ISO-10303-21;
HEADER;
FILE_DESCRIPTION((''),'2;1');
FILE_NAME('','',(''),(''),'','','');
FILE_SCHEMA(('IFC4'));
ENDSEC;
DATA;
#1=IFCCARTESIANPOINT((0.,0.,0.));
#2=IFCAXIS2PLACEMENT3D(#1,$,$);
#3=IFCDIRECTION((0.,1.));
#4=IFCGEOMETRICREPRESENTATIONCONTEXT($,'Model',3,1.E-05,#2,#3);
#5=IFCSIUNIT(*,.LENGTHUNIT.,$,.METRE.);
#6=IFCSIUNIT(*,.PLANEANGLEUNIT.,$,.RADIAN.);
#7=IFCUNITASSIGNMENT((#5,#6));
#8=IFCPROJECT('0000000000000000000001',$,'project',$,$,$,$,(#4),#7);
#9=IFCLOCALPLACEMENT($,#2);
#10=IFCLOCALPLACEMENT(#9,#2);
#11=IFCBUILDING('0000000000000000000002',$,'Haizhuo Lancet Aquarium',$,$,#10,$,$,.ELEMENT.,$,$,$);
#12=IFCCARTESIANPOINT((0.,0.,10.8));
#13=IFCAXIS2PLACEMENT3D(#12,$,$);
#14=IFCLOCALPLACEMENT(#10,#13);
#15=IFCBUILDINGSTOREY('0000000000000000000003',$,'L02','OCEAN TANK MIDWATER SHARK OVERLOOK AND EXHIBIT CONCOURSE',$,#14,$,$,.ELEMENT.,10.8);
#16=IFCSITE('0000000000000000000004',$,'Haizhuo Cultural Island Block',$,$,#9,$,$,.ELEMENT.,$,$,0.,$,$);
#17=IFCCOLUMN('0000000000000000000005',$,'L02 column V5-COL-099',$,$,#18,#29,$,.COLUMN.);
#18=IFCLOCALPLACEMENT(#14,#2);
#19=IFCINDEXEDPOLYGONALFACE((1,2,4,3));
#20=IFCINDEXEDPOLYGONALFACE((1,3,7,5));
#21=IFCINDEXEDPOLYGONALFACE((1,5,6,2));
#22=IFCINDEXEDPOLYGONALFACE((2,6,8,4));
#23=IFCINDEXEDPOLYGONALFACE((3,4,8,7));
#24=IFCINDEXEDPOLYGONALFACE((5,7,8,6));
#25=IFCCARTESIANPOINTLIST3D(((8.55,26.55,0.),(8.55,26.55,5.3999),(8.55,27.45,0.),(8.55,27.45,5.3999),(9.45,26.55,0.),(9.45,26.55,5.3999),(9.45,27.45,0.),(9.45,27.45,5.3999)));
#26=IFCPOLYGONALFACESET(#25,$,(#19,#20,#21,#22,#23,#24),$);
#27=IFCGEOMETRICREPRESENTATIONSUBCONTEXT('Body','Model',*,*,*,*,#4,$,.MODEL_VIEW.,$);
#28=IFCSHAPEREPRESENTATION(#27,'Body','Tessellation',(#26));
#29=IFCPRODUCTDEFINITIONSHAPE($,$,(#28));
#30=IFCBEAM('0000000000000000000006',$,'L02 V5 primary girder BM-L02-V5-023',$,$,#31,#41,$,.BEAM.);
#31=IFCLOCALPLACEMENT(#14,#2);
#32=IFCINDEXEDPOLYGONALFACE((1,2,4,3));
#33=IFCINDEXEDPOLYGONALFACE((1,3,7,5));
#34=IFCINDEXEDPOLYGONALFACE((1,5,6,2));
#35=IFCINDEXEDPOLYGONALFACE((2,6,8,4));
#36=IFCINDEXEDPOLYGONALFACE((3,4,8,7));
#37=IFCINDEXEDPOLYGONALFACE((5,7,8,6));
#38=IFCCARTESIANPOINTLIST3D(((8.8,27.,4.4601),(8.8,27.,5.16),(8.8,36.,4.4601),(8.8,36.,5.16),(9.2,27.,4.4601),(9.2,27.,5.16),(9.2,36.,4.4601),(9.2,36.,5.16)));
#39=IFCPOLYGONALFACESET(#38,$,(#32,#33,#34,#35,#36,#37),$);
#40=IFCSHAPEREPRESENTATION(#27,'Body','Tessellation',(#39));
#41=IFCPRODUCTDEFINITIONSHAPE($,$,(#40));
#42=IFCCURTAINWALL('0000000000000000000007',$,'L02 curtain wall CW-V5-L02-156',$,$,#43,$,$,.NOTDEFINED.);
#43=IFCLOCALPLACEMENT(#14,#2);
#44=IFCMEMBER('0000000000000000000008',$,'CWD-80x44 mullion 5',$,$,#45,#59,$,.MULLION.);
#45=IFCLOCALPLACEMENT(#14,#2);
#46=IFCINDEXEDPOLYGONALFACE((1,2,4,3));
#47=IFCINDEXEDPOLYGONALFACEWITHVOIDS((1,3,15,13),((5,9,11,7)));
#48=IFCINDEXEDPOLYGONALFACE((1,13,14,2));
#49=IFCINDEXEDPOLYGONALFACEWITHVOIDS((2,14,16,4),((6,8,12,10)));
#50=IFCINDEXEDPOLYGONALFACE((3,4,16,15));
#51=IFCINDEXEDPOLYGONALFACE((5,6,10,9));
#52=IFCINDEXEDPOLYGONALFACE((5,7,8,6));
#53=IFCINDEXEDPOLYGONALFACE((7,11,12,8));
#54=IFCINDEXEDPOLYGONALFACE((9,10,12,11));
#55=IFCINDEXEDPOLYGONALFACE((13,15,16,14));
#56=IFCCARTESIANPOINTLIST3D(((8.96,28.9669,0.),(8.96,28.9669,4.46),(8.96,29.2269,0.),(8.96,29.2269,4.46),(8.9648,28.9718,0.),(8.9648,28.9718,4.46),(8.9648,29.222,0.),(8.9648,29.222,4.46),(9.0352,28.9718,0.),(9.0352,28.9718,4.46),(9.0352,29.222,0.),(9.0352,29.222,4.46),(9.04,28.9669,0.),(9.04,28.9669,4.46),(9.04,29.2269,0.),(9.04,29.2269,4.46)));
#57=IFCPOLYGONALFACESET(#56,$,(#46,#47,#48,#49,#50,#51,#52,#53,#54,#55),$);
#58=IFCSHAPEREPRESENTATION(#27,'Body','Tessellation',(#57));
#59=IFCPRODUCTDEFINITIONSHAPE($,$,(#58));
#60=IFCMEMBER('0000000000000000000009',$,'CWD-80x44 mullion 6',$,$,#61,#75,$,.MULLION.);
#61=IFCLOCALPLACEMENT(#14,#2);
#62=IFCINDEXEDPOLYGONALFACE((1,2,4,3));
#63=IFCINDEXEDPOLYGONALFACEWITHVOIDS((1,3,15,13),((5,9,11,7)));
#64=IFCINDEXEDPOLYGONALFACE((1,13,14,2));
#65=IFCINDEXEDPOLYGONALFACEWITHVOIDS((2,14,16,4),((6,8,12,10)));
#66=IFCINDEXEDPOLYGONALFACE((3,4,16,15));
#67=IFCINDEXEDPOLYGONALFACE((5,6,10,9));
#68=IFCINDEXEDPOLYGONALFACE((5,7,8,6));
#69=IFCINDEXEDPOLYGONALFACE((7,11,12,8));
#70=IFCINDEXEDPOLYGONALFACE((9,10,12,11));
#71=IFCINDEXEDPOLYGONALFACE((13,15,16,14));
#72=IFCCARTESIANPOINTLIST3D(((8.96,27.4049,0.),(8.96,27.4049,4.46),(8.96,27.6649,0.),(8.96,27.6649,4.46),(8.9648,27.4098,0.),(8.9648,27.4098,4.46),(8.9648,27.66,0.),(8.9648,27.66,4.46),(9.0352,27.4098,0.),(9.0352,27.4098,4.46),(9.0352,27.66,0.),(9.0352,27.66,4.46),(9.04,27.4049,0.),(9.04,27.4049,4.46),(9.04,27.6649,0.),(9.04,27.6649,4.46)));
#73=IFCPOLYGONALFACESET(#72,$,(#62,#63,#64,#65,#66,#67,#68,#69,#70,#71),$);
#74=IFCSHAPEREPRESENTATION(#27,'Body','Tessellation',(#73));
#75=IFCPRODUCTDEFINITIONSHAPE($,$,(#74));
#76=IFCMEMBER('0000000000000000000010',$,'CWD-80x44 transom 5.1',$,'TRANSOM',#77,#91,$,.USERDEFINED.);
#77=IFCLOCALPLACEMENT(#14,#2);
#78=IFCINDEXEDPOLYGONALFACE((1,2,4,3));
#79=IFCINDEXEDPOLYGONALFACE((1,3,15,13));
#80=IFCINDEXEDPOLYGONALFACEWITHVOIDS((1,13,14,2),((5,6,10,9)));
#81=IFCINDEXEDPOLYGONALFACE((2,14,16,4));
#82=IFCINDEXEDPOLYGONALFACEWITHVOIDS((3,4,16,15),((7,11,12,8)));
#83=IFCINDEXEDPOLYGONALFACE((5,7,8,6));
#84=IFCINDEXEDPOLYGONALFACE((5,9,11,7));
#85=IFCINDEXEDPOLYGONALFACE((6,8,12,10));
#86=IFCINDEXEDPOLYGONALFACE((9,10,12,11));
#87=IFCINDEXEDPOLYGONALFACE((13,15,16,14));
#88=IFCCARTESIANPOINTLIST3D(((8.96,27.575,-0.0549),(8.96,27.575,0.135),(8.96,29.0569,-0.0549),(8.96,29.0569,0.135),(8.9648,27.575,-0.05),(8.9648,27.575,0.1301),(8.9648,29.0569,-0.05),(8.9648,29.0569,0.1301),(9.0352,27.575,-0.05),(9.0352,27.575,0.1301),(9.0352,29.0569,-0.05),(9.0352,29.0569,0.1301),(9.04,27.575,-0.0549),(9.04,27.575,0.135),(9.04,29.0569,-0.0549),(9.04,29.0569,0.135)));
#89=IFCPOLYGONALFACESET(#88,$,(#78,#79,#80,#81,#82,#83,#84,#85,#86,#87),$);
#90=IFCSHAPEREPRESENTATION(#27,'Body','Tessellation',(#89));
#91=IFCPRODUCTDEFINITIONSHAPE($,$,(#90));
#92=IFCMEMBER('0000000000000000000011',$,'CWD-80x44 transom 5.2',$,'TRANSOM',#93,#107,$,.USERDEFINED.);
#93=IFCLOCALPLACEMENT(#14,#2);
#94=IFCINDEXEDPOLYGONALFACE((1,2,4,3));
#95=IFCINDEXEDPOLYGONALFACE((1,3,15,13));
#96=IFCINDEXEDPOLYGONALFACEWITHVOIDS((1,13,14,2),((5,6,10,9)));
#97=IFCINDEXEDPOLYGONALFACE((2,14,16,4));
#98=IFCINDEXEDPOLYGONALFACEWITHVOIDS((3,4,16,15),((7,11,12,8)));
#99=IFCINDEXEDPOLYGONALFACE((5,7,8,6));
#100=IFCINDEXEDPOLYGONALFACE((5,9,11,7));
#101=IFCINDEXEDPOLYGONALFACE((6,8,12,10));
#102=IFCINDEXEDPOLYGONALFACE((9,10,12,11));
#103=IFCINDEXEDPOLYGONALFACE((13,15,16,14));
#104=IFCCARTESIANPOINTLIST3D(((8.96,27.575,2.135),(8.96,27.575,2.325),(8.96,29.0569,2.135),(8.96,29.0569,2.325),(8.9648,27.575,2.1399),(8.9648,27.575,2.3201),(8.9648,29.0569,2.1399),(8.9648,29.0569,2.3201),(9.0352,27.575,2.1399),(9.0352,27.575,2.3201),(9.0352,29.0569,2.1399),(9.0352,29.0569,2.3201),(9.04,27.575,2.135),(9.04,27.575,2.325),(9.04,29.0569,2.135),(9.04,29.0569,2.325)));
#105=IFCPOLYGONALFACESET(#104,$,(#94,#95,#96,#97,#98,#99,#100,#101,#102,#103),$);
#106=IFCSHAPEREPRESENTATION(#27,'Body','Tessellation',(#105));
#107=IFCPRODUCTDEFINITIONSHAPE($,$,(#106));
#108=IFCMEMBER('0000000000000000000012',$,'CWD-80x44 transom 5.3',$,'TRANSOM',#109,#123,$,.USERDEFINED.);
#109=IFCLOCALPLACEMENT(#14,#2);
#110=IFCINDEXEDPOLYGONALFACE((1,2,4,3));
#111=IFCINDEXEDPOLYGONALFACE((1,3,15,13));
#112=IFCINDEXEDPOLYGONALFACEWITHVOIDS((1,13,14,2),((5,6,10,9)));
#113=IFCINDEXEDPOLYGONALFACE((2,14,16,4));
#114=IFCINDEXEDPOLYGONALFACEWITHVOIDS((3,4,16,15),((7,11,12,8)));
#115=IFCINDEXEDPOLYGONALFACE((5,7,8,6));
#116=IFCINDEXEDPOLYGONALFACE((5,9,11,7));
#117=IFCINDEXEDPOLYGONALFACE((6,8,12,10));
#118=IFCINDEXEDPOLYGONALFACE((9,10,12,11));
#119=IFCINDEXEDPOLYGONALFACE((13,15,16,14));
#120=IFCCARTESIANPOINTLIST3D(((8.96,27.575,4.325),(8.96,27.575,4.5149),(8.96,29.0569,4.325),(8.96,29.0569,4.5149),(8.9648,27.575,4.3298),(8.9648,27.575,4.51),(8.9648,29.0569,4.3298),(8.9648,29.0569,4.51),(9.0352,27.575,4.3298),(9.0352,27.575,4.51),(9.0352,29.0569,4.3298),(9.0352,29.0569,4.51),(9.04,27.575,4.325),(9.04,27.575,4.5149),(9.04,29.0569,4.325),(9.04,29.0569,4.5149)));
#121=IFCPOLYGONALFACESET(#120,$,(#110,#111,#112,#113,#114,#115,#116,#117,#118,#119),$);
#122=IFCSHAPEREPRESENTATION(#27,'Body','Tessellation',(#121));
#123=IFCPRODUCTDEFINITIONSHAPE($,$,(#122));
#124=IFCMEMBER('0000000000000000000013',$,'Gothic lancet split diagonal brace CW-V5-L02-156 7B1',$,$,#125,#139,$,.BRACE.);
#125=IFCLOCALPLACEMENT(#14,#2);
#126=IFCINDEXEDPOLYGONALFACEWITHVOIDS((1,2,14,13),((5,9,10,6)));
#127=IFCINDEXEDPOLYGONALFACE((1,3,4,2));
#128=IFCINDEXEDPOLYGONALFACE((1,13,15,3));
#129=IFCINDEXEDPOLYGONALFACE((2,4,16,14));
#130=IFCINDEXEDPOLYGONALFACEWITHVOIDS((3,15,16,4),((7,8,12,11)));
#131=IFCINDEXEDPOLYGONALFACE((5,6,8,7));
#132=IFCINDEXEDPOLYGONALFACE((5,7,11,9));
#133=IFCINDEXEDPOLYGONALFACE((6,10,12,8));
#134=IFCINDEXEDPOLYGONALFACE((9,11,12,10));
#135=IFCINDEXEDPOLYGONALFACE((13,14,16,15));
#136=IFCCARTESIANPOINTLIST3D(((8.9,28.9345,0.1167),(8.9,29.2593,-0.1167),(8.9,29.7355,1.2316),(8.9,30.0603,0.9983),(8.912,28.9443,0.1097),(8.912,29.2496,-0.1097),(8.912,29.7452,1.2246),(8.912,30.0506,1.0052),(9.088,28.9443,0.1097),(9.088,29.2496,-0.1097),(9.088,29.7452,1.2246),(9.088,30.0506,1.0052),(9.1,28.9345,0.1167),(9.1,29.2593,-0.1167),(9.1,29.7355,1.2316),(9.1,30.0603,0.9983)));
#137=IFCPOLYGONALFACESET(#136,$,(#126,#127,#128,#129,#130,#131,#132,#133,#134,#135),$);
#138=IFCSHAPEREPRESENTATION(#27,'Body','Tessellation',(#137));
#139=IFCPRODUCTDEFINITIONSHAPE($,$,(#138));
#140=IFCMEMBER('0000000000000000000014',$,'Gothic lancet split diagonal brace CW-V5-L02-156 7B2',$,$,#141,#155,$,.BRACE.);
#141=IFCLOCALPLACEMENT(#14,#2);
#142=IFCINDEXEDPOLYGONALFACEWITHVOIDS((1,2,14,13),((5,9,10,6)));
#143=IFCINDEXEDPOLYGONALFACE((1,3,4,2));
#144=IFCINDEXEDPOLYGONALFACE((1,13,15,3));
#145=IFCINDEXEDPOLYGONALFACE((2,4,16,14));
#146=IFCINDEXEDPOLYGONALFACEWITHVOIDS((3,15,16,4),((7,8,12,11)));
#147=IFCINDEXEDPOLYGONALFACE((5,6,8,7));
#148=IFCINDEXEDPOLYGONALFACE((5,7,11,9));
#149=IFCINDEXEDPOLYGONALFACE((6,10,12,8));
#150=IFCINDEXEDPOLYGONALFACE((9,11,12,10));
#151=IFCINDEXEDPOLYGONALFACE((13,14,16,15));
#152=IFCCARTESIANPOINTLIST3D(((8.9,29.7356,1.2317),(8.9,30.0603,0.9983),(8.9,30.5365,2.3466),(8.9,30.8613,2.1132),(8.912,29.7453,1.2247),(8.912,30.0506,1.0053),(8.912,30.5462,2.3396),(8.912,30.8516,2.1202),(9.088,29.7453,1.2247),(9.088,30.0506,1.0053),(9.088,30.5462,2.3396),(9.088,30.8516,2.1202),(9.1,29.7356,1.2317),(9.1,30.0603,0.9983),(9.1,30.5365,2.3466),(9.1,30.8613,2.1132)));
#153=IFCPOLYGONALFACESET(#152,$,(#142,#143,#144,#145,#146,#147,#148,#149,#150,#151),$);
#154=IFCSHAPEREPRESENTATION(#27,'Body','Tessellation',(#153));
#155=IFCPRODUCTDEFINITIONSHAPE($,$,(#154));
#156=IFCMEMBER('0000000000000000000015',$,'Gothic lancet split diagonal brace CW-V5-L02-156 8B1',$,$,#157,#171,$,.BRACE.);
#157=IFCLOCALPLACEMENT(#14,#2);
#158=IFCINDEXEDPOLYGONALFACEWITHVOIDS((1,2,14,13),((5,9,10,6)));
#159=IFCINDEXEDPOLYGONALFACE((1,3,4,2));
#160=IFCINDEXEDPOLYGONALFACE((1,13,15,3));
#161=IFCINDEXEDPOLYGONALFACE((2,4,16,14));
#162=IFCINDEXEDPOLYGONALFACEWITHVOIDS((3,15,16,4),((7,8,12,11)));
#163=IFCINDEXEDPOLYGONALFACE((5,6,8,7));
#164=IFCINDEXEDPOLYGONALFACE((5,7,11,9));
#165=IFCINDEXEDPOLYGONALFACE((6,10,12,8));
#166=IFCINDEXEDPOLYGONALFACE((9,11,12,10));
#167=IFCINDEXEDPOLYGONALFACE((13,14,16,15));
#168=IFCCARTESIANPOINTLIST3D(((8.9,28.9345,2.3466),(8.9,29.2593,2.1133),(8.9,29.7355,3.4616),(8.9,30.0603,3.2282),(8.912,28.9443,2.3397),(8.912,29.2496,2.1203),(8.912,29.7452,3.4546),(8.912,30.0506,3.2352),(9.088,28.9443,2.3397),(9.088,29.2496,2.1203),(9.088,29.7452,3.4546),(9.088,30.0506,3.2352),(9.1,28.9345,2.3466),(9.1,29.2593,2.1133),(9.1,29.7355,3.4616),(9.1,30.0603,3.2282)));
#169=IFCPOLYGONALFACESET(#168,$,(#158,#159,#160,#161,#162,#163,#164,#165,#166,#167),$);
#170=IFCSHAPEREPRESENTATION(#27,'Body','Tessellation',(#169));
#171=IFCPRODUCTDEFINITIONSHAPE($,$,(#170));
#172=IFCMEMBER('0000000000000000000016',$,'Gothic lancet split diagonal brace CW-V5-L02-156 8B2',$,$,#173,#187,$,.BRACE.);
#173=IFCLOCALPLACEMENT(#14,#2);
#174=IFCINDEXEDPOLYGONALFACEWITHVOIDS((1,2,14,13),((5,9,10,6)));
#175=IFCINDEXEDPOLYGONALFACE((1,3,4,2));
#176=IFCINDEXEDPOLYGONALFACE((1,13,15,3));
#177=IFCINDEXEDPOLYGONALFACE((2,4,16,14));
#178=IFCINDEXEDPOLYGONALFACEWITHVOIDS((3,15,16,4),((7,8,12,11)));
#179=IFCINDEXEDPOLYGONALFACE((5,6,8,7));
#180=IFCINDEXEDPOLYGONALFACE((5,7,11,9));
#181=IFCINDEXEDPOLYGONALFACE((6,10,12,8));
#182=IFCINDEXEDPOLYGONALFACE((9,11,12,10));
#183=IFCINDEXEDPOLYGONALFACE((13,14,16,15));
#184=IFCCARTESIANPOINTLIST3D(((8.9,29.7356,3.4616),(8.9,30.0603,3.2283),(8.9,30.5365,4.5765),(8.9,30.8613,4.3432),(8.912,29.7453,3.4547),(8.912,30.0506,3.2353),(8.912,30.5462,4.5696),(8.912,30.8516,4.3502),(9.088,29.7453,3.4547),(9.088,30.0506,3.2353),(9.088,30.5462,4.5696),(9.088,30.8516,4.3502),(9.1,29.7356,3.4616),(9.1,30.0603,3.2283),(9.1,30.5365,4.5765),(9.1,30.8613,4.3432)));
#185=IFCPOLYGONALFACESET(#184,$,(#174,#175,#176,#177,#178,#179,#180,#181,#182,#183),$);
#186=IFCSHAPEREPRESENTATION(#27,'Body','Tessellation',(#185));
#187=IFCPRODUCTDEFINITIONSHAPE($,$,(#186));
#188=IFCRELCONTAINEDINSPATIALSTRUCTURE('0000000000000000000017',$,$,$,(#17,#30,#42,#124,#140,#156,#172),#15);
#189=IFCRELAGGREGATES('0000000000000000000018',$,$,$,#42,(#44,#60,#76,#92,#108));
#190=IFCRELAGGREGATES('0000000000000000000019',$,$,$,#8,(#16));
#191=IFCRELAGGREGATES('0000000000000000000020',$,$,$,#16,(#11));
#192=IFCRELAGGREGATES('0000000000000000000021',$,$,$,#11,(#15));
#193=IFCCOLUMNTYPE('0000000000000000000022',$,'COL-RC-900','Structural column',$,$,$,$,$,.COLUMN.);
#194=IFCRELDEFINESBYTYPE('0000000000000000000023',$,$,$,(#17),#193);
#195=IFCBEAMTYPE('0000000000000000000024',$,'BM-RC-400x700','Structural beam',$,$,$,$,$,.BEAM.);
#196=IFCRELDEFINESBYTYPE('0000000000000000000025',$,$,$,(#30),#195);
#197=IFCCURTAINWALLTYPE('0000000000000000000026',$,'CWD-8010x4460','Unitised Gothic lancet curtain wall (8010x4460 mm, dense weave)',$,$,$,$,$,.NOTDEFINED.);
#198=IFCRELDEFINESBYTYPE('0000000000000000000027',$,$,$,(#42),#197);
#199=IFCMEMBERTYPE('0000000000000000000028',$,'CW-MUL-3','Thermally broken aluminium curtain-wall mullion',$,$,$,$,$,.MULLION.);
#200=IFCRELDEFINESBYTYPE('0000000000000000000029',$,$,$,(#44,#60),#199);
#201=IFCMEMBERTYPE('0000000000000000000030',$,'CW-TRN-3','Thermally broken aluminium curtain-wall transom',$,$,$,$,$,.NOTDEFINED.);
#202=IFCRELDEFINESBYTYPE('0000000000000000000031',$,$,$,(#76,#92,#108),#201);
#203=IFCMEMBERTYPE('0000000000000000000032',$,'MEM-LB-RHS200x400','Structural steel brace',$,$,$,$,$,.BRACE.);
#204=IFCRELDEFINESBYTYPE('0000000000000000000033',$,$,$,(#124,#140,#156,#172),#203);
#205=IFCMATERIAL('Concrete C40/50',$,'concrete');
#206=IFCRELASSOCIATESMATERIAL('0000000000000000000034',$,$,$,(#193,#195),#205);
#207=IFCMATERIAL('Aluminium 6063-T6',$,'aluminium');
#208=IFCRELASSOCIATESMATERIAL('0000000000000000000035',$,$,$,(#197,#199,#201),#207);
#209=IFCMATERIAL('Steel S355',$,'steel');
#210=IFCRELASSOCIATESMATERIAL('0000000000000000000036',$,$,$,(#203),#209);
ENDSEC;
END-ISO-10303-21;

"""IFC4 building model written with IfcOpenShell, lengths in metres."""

from ifc_helpers import new_model, si_unit, direction, frame, origin, origin_2d, place, context, subcontext, project, spatial, rectangle, hollow_rectangle, extrude, material, material_profile, profile_set, type_object, element, aggregate, save


model = new_model("IFC4")

# Units and contexts
model_context = context("Model", 3, precision=1e-05, world=origin(), true_north=direction((0.0, 1.0)))
body_context = subcontext(model_context, "Body", "Model", "MODEL_VIEW")
ifc_project = project(units=[si_unit("LENGTHUNIT", "METRE"), si_unit("PLANEANGLEUNIT", "RADIAN")], contexts=[model_context])

# Site, building, storey
site_placement = place(None, origin())
site = spatial("IfcSite", under=ifc_project, at=site_placement, Name="Haizhuo Cultural Island Block", CompositionType="ELEMENT", RefElevation=0.0)
building_placement = place(site_placement, origin())
building = spatial("IfcBuilding", under=site, at=building_placement, Name="Haizhuo Lancet Aquarium", CompositionType="ELEMENT")
storey_placement = place(building_placement, frame((0.0, 0.0, 10.8)))
storey = spatial("IfcBuildingStorey", under=building, at=storey_placement, Name="L02", Description="OCEAN TANK MIDWATER SHARK OVERLOOK AND EXHIBIT CONCOURSE", CompositionType="ELEMENT", Elevation=10.8)

# Column
ifc_material_1 = material(Name="Concrete C40/50", Category="concrete")
ifc_material_profile_1 = material_profile(ifc_material_1, rectangle(XDim=0.8999, YDim=0.8999, at=origin_2d()), Name="RC-COL 900x900")
ifc_profile_set_1 = profile_set([ifc_material_profile_1], Name="Concrete C40/50")
column_type = type_object("IfcColumnType", Name="COL-RC-900", Description="Structural column", PredefinedType="COLUMN", material=ifc_profile_set_1)
column_placement = place(storey_placement, frame((9.0, 27.0, 0.0), z_axis=(0.0, 0.0, 1.0), x_axis=(1.0, 0.0, 0.0)))
element("IfcColumn", 1, at=column_placement, inside=storey, type_object=column_type, Name="L02 column V5-COL-099", PredefinedType="COLUMN", context=body_context, shape_type="SweptSolid", body=[
    extrude(rectangle(XDim=0.8999, YDim=0.8999, at=origin_2d()), origin(), (0.0, 0.0, 1.0), 5.3999),
])

# Beam
ifc_material_profile_2 = material_profile(ifc_material_1, rectangle(XDim=0.3999, YDim=0.7, at=origin_2d()), Name="RC-BM 400x700")
ifc_profile_set_2 = profile_set([ifc_material_profile_2], Name="Concrete C40/50")
beam_type = type_object("IfcBeamType", Name="BM-RC-400x700", Description="Structural beam", PredefinedType="BEAM", material=ifc_profile_set_2)
beam_placement = place(storey_placement, frame((9.0, 27.0, 4.8101), z_axis=(0.0, 1.0, 0.0), x_axis=(-1.0, 0.0, 0.0)))
element("IfcBeam", 2, at=beam_placement, inside=storey, type_object=beam_type, Name="L02 V5 primary girder BM-L02-V5-023", PredefinedType="BEAM", context=body_context, shape_type="SweptSolid", body=[
    extrude(rectangle(XDim=0.3999, YDim=0.7, at=origin_2d()), origin(), (0.0, 0.0, 1.0), 9.0),
])

# Curtain wall, members
ifc_material_2 = material(Name="Aluminium 6063-T6", Category="aluminium")
curtain_wall_type = type_object("IfcCurtainWallType", Name="CWD-8010x4460", Description="Unitised Gothic lancet curtain wall (8010x4460 mm, dense weave)", PredefinedType="NOTDEFINED", material=ifc_material_2)
curtain_wall_placement = place(storey_placement, origin())
curtain_wall = element("IfcCurtainWall", 3, at=curtain_wall_placement, inside=storey, type_object=curtain_wall_type, Name="L02 curtain wall CW-V5-L02-156", PredefinedType="NOTDEFINED")
ifc_material_profile_3 = material_profile(ifc_material_2, hollow_rectangle(XDim=0.0801, YDim=0.26, WallThickness=0.0049, at=origin_2d()), Name="ALU-M 80x260x5")
ifc_profile_set_3 = profile_set([ifc_material_profile_3], Name="Aluminium 6063-T6")
member_type_1 = type_object("IfcMemberType", Name="CW-MUL-3", Description="Thermally broken aluminium curtain-wall mullion", PredefinedType="MULLION", material=ifc_profile_set_3)
member_1_placement = place(storey_placement, frame((9.0, 29.0969, 0.0), z_axis=(0.0, 0.0, 1.0), x_axis=(1.0, 0.0, 0.0)))
member_1 = element("IfcMember", 4, at=member_1_placement, type_object=member_type_1, Name="CWD-80x44 mullion 5", PredefinedType="MULLION", context=body_context, shape_type="SweptSolid", body=[
    extrude(hollow_rectangle(XDim=0.0801, YDim=0.26, WallThickness=0.0049, at=origin_2d()), origin(), (0.0, 0.0, 1.0), 4.46),
])
member_2_placement = place(storey_placement, frame((9.0, 27.5349, 0.0), z_axis=(0.0, 0.0, 1.0), x_axis=(1.0, 0.0, 0.0)))
member_2 = element("IfcMember", 5, at=member_2_placement, type_object=member_type_1, Name="CWD-80x44 mullion 6", PredefinedType="MULLION", context=body_context, shape_type="SweptSolid", body=[
    extrude(hollow_rectangle(XDim=0.0801, YDim=0.26, WallThickness=0.0049, at=origin_2d()), origin(), (0.0, 0.0, 1.0), 4.46),
])
ifc_material_profile_4 = material_profile(ifc_material_2, hollow_rectangle(XDim=0.0801, YDim=0.1899, WallThickness=0.0049, at=origin_2d()), Name="ALU-T 80x190x5")
ifc_profile_set_4 = profile_set([ifc_material_profile_4], Name="Aluminium 6063-T6")
member_type_2 = type_object("IfcMemberType", Name="CW-TRN-3", Description="Thermally broken aluminium curtain-wall transom", PredefinedType="NOTDEFINED", material=ifc_profile_set_4)
member_3_placement = place(storey_placement, frame((9.0, 29.0569, 0.04), z_axis=(0.0, -1.0, 0.0), x_axis=(1.0, 0.0, 0.0)))
member_3 = element("IfcMember", 6, at=member_3_placement, type_object=member_type_2, Name="CWD-80x44 transom 5.1", ObjectType="TRANSOM", PredefinedType="USERDEFINED", context=body_context, shape_type="SweptSolid", body=[
    extrude(hollow_rectangle(XDim=0.0801, YDim=0.1899, WallThickness=0.0049, at=origin_2d()), origin(), (0.0, 0.0, 1.0), 1.4819),
])
member_4_placement = place(storey_placement, frame((9.0, 29.0569, 2.23), z_axis=(0.0, -1.0, 0.0), x_axis=(1.0, 0.0, 0.0)))
member_4 = element("IfcMember", 7, at=member_4_placement, type_object=member_type_2, Name="CWD-80x44 transom 5.2", ObjectType="TRANSOM", PredefinedType="USERDEFINED", context=body_context, shape_type="SweptSolid", body=[
    extrude(hollow_rectangle(XDim=0.0801, YDim=0.1899, WallThickness=0.0049, at=origin_2d()), origin(), (0.0, 0.0, 1.0), 1.4819),
])
member_5_placement = place(storey_placement, frame((9.0, 29.0569, 4.4199), z_axis=(0.0, -1.0, 0.0), x_axis=(1.0, 0.0, 0.0)))
member_5 = element("IfcMember", 8, at=member_5_placement, type_object=member_type_2, Name="CWD-80x44 transom 5.3", ObjectType="TRANSOM", PredefinedType="USERDEFINED", context=body_context, shape_type="SweptSolid", body=[
    extrude(hollow_rectangle(XDim=0.0801, YDim=0.1899, WallThickness=0.0049, at=origin_2d()), origin(), (0.0, 0.0, 1.0), 1.4819),
])

# Members
ifc_material_3 = material(Name="Steel S355", Category="steel")
ifc_material_profile_5 = material_profile(ifc_material_3, hollow_rectangle(XDim=0.2, YDim=0.3999, WallThickness=0.012, at=origin_2d()), Name="RHS 200x400x12")
ifc_profile_set_5 = profile_set([ifc_material_profile_5], Name="Steel S355")
member_type_3 = type_object("IfcMemberType", Name="MEM-LB-RHS200x400", Description="Structural steel brace", PredefinedType="BRACE", material=ifc_profile_set_5)
for number, where, z_axis, x_axis, name in (
    (9, (9.0, 29.0969, 0.0), (0.0, 0.583456, 0.812144), (-1.0, 0.0, 0.0), "Gothic lancet split diagonal brace CW-V5-L02-156 7B1"),
    (10, (9.0, 29.8979, 1.115), (0.0, 0.583456, 0.812144), (-1.0, 0.0, 0.0), "Gothic lancet split diagonal brace CW-V5-L02-156 7B2"),
    (11, (9.0, 29.0969, 2.23), (0.0, 0.583456, 0.812144), (-1.0, 0.0, 0.0), "Gothic lancet split diagonal brace CW-V5-L02-156 8B1"),
    (12, (9.0, 29.8979, 3.345), (0.0, 0.583456, 0.812144), (-1.0, 0.0, 0.0), "Gothic lancet split diagonal brace CW-V5-L02-156 8B2"),
):
    element("IfcMember", number, at=place(storey_placement, frame(where, z_axis=z_axis, x_axis=x_axis)), inside=storey, type_object=member_type_3, Name=name, PredefinedType="BRACE", context=body_context, shape_type="SweptSolid", body=[
        extrude(hollow_rectangle(XDim=0.2, YDim=0.3999, WallThickness=0.012, at=origin_2d()), origin(), (0.0, 0.0, 1.0), 1.3728),
    ])

aggregate(curtain_wall, [member_1, member_2, member_3, member_4, member_5])

save(model, "model.ifc")
